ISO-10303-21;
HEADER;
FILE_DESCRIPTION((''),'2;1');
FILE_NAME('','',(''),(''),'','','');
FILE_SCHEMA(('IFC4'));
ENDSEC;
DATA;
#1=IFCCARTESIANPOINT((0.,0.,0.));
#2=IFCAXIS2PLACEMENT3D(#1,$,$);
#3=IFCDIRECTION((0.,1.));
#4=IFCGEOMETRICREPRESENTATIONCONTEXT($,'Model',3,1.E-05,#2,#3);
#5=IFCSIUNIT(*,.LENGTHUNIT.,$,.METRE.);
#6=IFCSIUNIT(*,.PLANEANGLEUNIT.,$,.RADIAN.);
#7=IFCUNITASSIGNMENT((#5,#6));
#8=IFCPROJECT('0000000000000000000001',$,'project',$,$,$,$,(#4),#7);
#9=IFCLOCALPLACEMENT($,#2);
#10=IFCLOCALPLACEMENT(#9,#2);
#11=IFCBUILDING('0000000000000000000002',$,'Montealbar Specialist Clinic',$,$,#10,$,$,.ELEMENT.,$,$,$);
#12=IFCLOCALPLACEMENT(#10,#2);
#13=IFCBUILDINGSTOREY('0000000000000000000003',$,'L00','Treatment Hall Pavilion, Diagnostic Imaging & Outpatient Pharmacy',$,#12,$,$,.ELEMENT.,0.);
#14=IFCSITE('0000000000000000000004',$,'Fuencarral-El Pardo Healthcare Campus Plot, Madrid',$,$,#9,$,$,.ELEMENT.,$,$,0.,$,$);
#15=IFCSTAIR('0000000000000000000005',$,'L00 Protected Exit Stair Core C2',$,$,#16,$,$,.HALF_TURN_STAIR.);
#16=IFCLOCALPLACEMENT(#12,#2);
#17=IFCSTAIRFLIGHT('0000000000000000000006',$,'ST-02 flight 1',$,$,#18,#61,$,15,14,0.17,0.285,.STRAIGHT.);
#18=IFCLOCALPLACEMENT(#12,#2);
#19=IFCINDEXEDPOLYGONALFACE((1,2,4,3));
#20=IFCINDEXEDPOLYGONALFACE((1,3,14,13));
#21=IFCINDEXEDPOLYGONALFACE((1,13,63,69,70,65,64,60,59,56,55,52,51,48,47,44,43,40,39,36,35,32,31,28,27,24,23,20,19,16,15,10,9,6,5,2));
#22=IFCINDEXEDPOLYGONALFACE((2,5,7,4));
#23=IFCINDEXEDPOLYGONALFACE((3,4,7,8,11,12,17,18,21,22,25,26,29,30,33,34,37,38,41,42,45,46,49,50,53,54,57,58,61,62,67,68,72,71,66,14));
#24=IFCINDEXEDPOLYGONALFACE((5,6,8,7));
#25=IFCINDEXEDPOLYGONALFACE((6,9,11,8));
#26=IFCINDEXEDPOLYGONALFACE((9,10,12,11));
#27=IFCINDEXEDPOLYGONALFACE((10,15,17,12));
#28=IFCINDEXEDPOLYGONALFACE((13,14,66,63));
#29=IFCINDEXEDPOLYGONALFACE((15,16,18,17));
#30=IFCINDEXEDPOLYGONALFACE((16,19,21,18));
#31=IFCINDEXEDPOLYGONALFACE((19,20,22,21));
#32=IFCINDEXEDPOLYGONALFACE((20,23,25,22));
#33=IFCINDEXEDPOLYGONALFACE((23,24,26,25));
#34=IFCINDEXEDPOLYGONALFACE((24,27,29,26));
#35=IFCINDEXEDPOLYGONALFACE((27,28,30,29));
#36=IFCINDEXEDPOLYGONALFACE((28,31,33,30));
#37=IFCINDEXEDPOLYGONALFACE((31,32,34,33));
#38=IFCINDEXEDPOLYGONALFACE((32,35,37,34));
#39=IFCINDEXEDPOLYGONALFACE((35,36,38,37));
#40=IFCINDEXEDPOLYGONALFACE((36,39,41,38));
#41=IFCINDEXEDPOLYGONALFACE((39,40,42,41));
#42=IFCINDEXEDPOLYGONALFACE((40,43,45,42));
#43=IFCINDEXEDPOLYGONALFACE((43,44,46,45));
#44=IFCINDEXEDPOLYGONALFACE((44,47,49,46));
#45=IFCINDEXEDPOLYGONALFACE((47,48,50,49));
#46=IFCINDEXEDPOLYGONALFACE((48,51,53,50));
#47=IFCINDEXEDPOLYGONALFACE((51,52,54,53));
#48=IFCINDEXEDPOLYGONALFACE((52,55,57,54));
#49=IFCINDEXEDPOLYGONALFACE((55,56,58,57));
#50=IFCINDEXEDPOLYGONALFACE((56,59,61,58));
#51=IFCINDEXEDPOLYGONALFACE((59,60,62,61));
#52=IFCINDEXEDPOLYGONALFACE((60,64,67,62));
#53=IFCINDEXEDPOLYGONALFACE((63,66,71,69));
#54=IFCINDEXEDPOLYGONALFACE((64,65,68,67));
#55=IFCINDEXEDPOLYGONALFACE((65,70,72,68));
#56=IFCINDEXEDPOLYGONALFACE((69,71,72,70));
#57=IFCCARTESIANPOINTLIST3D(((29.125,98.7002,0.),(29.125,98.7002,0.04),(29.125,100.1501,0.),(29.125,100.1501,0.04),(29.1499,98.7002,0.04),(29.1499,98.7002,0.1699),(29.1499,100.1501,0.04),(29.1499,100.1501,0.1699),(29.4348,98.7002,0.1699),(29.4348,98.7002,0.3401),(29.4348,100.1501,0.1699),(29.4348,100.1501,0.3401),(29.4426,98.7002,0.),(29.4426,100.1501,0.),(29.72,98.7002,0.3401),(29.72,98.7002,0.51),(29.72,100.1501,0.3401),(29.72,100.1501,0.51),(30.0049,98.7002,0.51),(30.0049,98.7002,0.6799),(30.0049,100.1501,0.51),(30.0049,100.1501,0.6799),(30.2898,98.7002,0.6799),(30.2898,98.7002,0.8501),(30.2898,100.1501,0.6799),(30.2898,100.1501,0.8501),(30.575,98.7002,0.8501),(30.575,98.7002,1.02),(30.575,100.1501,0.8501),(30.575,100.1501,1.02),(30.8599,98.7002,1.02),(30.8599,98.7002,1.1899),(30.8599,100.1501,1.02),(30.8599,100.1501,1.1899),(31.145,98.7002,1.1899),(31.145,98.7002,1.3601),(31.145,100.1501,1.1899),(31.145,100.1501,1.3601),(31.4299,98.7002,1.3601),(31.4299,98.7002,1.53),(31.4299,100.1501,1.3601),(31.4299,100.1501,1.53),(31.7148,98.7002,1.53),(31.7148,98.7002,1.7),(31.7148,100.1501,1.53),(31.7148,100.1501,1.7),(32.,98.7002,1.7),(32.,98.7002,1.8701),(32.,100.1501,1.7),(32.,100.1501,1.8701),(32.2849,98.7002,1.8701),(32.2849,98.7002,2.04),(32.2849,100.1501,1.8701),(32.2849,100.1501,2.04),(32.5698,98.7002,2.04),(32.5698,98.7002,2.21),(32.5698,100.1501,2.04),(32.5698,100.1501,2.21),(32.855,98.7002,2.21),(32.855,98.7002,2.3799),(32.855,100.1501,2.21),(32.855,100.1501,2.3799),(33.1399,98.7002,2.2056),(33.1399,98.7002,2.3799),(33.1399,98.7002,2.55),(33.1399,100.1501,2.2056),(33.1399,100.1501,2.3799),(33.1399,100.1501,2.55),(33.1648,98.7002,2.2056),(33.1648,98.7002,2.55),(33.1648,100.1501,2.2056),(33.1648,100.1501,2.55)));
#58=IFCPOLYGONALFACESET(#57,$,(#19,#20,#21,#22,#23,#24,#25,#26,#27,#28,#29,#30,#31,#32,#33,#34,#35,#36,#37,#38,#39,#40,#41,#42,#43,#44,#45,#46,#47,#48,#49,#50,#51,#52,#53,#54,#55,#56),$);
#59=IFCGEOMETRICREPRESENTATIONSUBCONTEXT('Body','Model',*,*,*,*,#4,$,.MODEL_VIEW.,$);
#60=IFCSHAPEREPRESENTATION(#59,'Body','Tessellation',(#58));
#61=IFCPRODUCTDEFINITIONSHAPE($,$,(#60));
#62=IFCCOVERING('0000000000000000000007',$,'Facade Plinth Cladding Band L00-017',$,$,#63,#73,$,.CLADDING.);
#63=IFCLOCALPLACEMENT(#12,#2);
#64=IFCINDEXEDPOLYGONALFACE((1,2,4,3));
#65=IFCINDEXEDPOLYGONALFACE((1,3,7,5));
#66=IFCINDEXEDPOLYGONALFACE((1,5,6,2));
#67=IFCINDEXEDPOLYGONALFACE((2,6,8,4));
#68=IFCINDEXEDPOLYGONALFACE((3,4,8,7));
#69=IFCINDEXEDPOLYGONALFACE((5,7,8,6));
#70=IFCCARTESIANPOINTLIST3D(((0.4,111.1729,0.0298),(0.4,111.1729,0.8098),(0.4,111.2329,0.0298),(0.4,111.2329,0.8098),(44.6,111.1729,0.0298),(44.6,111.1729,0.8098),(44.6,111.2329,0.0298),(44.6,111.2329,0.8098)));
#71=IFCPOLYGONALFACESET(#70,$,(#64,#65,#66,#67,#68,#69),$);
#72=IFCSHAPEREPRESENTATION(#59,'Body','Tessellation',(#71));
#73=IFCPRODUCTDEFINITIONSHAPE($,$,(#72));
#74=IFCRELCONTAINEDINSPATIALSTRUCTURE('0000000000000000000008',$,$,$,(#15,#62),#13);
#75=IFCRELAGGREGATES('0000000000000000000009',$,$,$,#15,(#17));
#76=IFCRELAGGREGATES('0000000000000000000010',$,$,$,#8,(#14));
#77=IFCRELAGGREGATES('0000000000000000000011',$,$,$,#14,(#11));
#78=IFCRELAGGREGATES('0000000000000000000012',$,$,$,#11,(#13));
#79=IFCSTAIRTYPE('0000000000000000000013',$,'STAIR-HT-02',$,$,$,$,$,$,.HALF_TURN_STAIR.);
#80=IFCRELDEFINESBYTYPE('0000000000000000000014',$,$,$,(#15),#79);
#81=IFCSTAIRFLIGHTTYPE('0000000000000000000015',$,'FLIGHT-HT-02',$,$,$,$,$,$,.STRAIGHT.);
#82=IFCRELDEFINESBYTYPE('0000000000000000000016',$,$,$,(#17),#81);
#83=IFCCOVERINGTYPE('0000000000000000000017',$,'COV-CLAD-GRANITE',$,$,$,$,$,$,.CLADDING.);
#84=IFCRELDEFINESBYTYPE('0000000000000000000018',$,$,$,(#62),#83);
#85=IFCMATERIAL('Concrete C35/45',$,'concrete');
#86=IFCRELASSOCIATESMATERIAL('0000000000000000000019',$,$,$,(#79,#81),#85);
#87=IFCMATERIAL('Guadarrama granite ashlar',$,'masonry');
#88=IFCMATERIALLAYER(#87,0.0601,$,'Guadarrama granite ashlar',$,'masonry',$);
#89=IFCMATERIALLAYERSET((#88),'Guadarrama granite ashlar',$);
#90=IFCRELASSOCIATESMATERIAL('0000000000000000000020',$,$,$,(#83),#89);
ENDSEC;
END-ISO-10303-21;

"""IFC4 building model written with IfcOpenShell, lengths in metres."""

from ifc_helpers import new_model, si_unit, direction, frame, origin, origin_2d, place, context, subcontext, project, spatial, polyline, rectangle, outline, extrude, material, layer, layer_set, type_object, element, aggregate, save


model = new_model("IFC4")

# Units and contexts
model_context = context("Model", 3, precision=1e-05, world=origin(), true_north=direction((0.0, 1.0)))
body_context = subcontext(model_context, "Body", "Model", "MODEL_VIEW")
ifc_project = project(units=[si_unit("LENGTHUNIT", "METRE"), si_unit("PLANEANGLEUNIT", "RADIAN")], contexts=[model_context])

# Site, building, storey
site_placement = place(None, origin())
site = spatial("IfcSite", under=ifc_project, at=site_placement, Name="Fuencarral-El Pardo Healthcare Campus Plot, Madrid", CompositionType="ELEMENT", RefElevation=0.0)
building_placement = place(site_placement, origin())
building = spatial("IfcBuilding", under=site, at=building_placement, Name="Montealbar Specialist Clinic", CompositionType="ELEMENT")
storey_placement = place(building_placement, origin())
storey = spatial("IfcBuildingStorey", under=building, at=storey_placement, Name="L00", Description="Treatment Hall Pavilion, Diagnostic Imaging & Outpatient Pharmacy", CompositionType="ELEMENT", Elevation=0.0)

# Shared definitions
ifc_material_1 = material(Name="Concrete C35/45", Category="concrete")
ifc_material_2 = material(Name="Guadarrama granite ashlar", Category="masonry")

# Stair, stair flight
stair_type = type_object("IfcStairType", Name="STAIR-HT-02", PredefinedType="HALF_TURN_STAIR", material=ifc_material_1)
stair_placement = place(storey_placement, origin())
stair = element("IfcStair", 1, at=stair_placement, inside=storey, type_object=stair_type, Name="L00 Protected Exit Stair Core C2", PredefinedType="HALF_TURN_STAIR")
stair_flight_type = type_object("IfcStairFlightType", Name="FLIGHT-HT-02", PredefinedType="STRAIGHT", material=ifc_material_1)
stair_flight_placement = place(storey_placement, frame((29.1499, 99.425, 0.0), z_axis=(0.0, 0.0, 1.0), x_axis=(1.0, 0.0, 0.0)))
stair_flight = element("IfcStairFlight", 2, at=stair_flight_placement, type_object=stair_flight_type, Name="ST-02 flight 1", NumberOfRisers=15, NumberOfTreads=14, PredefinedType="STRAIGHT", RiserHeight=0.17, TreadLength=0.285, context=body_context, shape_type="SweptSolid", body=[
    extrude(outline(polyline([(-0.0249, 0.0), (-0.0249, 0.04), (0.0, 0.04), (0.0, 0.1699), (0.2849, 0.1699), (0.2849, 0.3401), (0.5701, 0.3401), (0.5701, 0.51), (0.855, 0.51), (0.855, 0.6799), (1.1399, 0.6799), (1.1399, 0.8501), (1.425, 0.8501), (1.425, 1.02), (1.71, 1.02), (1.71, 1.1899), (1.9951, 1.1899), (1.9951, 1.3601), (2.28, 1.3601), (2.28, 1.53), (2.5649, 1.53), (2.5649, 1.7), (2.8501, 1.7), (2.8501, 1.8701), (3.135, 1.8701), (3.135, 2.04), (3.4199, 2.04), (3.4199, 2.21), (3.7051, 2.21), (3.7051, 2.3799), (3.99, 2.3799), (3.99, 2.55), (4.0149, 2.55), (4.0149, 2.2056), (3.99, 2.2056), (0.2927, 0.0), (-0.0249, 0.0)])), frame((0.0, 0.7251, 0.0), z_axis=(0.0, -1.0, 0.0), x_axis=(1.0, 0.0, 0.0)), (0.0, 0.0, 1.0), 1.45),
])
aggregate(stair, [stair_flight])

# Covering
ifc_layer_1 = layer(ifc_material_2, 0.0601, Name="Guadarrama granite ashlar", Category="masonry")
ifc_layer_set_1 = layer_set([ifc_layer_1], Name="Guadarrama granite ashlar")
covering_type = type_object("IfcCoveringType", Name="COV-CLAD-GRANITE", PredefinedType="CLADDING", material=ifc_layer_set_1)
covering_placement = place(storey_placement, frame((22.5, 111.2029, 0.0298), z_axis=(0.0, 0.0, 1.0), x_axis=(1.0, 0.0, 0.0)))
element("IfcCovering", 3, at=covering_placement, inside=storey, type_object=covering_type, Name="Facade Plinth Cladding Band L00-017", PredefinedType="CLADDING", context=body_context, shape_type="SweptSolid", body=[
    extrude(rectangle(XDim=44.2, YDim=0.0601, at=origin_2d()), origin(), (0.0, 0.0, 1.0), 0.78),
])

save(model, "model.ifc")
